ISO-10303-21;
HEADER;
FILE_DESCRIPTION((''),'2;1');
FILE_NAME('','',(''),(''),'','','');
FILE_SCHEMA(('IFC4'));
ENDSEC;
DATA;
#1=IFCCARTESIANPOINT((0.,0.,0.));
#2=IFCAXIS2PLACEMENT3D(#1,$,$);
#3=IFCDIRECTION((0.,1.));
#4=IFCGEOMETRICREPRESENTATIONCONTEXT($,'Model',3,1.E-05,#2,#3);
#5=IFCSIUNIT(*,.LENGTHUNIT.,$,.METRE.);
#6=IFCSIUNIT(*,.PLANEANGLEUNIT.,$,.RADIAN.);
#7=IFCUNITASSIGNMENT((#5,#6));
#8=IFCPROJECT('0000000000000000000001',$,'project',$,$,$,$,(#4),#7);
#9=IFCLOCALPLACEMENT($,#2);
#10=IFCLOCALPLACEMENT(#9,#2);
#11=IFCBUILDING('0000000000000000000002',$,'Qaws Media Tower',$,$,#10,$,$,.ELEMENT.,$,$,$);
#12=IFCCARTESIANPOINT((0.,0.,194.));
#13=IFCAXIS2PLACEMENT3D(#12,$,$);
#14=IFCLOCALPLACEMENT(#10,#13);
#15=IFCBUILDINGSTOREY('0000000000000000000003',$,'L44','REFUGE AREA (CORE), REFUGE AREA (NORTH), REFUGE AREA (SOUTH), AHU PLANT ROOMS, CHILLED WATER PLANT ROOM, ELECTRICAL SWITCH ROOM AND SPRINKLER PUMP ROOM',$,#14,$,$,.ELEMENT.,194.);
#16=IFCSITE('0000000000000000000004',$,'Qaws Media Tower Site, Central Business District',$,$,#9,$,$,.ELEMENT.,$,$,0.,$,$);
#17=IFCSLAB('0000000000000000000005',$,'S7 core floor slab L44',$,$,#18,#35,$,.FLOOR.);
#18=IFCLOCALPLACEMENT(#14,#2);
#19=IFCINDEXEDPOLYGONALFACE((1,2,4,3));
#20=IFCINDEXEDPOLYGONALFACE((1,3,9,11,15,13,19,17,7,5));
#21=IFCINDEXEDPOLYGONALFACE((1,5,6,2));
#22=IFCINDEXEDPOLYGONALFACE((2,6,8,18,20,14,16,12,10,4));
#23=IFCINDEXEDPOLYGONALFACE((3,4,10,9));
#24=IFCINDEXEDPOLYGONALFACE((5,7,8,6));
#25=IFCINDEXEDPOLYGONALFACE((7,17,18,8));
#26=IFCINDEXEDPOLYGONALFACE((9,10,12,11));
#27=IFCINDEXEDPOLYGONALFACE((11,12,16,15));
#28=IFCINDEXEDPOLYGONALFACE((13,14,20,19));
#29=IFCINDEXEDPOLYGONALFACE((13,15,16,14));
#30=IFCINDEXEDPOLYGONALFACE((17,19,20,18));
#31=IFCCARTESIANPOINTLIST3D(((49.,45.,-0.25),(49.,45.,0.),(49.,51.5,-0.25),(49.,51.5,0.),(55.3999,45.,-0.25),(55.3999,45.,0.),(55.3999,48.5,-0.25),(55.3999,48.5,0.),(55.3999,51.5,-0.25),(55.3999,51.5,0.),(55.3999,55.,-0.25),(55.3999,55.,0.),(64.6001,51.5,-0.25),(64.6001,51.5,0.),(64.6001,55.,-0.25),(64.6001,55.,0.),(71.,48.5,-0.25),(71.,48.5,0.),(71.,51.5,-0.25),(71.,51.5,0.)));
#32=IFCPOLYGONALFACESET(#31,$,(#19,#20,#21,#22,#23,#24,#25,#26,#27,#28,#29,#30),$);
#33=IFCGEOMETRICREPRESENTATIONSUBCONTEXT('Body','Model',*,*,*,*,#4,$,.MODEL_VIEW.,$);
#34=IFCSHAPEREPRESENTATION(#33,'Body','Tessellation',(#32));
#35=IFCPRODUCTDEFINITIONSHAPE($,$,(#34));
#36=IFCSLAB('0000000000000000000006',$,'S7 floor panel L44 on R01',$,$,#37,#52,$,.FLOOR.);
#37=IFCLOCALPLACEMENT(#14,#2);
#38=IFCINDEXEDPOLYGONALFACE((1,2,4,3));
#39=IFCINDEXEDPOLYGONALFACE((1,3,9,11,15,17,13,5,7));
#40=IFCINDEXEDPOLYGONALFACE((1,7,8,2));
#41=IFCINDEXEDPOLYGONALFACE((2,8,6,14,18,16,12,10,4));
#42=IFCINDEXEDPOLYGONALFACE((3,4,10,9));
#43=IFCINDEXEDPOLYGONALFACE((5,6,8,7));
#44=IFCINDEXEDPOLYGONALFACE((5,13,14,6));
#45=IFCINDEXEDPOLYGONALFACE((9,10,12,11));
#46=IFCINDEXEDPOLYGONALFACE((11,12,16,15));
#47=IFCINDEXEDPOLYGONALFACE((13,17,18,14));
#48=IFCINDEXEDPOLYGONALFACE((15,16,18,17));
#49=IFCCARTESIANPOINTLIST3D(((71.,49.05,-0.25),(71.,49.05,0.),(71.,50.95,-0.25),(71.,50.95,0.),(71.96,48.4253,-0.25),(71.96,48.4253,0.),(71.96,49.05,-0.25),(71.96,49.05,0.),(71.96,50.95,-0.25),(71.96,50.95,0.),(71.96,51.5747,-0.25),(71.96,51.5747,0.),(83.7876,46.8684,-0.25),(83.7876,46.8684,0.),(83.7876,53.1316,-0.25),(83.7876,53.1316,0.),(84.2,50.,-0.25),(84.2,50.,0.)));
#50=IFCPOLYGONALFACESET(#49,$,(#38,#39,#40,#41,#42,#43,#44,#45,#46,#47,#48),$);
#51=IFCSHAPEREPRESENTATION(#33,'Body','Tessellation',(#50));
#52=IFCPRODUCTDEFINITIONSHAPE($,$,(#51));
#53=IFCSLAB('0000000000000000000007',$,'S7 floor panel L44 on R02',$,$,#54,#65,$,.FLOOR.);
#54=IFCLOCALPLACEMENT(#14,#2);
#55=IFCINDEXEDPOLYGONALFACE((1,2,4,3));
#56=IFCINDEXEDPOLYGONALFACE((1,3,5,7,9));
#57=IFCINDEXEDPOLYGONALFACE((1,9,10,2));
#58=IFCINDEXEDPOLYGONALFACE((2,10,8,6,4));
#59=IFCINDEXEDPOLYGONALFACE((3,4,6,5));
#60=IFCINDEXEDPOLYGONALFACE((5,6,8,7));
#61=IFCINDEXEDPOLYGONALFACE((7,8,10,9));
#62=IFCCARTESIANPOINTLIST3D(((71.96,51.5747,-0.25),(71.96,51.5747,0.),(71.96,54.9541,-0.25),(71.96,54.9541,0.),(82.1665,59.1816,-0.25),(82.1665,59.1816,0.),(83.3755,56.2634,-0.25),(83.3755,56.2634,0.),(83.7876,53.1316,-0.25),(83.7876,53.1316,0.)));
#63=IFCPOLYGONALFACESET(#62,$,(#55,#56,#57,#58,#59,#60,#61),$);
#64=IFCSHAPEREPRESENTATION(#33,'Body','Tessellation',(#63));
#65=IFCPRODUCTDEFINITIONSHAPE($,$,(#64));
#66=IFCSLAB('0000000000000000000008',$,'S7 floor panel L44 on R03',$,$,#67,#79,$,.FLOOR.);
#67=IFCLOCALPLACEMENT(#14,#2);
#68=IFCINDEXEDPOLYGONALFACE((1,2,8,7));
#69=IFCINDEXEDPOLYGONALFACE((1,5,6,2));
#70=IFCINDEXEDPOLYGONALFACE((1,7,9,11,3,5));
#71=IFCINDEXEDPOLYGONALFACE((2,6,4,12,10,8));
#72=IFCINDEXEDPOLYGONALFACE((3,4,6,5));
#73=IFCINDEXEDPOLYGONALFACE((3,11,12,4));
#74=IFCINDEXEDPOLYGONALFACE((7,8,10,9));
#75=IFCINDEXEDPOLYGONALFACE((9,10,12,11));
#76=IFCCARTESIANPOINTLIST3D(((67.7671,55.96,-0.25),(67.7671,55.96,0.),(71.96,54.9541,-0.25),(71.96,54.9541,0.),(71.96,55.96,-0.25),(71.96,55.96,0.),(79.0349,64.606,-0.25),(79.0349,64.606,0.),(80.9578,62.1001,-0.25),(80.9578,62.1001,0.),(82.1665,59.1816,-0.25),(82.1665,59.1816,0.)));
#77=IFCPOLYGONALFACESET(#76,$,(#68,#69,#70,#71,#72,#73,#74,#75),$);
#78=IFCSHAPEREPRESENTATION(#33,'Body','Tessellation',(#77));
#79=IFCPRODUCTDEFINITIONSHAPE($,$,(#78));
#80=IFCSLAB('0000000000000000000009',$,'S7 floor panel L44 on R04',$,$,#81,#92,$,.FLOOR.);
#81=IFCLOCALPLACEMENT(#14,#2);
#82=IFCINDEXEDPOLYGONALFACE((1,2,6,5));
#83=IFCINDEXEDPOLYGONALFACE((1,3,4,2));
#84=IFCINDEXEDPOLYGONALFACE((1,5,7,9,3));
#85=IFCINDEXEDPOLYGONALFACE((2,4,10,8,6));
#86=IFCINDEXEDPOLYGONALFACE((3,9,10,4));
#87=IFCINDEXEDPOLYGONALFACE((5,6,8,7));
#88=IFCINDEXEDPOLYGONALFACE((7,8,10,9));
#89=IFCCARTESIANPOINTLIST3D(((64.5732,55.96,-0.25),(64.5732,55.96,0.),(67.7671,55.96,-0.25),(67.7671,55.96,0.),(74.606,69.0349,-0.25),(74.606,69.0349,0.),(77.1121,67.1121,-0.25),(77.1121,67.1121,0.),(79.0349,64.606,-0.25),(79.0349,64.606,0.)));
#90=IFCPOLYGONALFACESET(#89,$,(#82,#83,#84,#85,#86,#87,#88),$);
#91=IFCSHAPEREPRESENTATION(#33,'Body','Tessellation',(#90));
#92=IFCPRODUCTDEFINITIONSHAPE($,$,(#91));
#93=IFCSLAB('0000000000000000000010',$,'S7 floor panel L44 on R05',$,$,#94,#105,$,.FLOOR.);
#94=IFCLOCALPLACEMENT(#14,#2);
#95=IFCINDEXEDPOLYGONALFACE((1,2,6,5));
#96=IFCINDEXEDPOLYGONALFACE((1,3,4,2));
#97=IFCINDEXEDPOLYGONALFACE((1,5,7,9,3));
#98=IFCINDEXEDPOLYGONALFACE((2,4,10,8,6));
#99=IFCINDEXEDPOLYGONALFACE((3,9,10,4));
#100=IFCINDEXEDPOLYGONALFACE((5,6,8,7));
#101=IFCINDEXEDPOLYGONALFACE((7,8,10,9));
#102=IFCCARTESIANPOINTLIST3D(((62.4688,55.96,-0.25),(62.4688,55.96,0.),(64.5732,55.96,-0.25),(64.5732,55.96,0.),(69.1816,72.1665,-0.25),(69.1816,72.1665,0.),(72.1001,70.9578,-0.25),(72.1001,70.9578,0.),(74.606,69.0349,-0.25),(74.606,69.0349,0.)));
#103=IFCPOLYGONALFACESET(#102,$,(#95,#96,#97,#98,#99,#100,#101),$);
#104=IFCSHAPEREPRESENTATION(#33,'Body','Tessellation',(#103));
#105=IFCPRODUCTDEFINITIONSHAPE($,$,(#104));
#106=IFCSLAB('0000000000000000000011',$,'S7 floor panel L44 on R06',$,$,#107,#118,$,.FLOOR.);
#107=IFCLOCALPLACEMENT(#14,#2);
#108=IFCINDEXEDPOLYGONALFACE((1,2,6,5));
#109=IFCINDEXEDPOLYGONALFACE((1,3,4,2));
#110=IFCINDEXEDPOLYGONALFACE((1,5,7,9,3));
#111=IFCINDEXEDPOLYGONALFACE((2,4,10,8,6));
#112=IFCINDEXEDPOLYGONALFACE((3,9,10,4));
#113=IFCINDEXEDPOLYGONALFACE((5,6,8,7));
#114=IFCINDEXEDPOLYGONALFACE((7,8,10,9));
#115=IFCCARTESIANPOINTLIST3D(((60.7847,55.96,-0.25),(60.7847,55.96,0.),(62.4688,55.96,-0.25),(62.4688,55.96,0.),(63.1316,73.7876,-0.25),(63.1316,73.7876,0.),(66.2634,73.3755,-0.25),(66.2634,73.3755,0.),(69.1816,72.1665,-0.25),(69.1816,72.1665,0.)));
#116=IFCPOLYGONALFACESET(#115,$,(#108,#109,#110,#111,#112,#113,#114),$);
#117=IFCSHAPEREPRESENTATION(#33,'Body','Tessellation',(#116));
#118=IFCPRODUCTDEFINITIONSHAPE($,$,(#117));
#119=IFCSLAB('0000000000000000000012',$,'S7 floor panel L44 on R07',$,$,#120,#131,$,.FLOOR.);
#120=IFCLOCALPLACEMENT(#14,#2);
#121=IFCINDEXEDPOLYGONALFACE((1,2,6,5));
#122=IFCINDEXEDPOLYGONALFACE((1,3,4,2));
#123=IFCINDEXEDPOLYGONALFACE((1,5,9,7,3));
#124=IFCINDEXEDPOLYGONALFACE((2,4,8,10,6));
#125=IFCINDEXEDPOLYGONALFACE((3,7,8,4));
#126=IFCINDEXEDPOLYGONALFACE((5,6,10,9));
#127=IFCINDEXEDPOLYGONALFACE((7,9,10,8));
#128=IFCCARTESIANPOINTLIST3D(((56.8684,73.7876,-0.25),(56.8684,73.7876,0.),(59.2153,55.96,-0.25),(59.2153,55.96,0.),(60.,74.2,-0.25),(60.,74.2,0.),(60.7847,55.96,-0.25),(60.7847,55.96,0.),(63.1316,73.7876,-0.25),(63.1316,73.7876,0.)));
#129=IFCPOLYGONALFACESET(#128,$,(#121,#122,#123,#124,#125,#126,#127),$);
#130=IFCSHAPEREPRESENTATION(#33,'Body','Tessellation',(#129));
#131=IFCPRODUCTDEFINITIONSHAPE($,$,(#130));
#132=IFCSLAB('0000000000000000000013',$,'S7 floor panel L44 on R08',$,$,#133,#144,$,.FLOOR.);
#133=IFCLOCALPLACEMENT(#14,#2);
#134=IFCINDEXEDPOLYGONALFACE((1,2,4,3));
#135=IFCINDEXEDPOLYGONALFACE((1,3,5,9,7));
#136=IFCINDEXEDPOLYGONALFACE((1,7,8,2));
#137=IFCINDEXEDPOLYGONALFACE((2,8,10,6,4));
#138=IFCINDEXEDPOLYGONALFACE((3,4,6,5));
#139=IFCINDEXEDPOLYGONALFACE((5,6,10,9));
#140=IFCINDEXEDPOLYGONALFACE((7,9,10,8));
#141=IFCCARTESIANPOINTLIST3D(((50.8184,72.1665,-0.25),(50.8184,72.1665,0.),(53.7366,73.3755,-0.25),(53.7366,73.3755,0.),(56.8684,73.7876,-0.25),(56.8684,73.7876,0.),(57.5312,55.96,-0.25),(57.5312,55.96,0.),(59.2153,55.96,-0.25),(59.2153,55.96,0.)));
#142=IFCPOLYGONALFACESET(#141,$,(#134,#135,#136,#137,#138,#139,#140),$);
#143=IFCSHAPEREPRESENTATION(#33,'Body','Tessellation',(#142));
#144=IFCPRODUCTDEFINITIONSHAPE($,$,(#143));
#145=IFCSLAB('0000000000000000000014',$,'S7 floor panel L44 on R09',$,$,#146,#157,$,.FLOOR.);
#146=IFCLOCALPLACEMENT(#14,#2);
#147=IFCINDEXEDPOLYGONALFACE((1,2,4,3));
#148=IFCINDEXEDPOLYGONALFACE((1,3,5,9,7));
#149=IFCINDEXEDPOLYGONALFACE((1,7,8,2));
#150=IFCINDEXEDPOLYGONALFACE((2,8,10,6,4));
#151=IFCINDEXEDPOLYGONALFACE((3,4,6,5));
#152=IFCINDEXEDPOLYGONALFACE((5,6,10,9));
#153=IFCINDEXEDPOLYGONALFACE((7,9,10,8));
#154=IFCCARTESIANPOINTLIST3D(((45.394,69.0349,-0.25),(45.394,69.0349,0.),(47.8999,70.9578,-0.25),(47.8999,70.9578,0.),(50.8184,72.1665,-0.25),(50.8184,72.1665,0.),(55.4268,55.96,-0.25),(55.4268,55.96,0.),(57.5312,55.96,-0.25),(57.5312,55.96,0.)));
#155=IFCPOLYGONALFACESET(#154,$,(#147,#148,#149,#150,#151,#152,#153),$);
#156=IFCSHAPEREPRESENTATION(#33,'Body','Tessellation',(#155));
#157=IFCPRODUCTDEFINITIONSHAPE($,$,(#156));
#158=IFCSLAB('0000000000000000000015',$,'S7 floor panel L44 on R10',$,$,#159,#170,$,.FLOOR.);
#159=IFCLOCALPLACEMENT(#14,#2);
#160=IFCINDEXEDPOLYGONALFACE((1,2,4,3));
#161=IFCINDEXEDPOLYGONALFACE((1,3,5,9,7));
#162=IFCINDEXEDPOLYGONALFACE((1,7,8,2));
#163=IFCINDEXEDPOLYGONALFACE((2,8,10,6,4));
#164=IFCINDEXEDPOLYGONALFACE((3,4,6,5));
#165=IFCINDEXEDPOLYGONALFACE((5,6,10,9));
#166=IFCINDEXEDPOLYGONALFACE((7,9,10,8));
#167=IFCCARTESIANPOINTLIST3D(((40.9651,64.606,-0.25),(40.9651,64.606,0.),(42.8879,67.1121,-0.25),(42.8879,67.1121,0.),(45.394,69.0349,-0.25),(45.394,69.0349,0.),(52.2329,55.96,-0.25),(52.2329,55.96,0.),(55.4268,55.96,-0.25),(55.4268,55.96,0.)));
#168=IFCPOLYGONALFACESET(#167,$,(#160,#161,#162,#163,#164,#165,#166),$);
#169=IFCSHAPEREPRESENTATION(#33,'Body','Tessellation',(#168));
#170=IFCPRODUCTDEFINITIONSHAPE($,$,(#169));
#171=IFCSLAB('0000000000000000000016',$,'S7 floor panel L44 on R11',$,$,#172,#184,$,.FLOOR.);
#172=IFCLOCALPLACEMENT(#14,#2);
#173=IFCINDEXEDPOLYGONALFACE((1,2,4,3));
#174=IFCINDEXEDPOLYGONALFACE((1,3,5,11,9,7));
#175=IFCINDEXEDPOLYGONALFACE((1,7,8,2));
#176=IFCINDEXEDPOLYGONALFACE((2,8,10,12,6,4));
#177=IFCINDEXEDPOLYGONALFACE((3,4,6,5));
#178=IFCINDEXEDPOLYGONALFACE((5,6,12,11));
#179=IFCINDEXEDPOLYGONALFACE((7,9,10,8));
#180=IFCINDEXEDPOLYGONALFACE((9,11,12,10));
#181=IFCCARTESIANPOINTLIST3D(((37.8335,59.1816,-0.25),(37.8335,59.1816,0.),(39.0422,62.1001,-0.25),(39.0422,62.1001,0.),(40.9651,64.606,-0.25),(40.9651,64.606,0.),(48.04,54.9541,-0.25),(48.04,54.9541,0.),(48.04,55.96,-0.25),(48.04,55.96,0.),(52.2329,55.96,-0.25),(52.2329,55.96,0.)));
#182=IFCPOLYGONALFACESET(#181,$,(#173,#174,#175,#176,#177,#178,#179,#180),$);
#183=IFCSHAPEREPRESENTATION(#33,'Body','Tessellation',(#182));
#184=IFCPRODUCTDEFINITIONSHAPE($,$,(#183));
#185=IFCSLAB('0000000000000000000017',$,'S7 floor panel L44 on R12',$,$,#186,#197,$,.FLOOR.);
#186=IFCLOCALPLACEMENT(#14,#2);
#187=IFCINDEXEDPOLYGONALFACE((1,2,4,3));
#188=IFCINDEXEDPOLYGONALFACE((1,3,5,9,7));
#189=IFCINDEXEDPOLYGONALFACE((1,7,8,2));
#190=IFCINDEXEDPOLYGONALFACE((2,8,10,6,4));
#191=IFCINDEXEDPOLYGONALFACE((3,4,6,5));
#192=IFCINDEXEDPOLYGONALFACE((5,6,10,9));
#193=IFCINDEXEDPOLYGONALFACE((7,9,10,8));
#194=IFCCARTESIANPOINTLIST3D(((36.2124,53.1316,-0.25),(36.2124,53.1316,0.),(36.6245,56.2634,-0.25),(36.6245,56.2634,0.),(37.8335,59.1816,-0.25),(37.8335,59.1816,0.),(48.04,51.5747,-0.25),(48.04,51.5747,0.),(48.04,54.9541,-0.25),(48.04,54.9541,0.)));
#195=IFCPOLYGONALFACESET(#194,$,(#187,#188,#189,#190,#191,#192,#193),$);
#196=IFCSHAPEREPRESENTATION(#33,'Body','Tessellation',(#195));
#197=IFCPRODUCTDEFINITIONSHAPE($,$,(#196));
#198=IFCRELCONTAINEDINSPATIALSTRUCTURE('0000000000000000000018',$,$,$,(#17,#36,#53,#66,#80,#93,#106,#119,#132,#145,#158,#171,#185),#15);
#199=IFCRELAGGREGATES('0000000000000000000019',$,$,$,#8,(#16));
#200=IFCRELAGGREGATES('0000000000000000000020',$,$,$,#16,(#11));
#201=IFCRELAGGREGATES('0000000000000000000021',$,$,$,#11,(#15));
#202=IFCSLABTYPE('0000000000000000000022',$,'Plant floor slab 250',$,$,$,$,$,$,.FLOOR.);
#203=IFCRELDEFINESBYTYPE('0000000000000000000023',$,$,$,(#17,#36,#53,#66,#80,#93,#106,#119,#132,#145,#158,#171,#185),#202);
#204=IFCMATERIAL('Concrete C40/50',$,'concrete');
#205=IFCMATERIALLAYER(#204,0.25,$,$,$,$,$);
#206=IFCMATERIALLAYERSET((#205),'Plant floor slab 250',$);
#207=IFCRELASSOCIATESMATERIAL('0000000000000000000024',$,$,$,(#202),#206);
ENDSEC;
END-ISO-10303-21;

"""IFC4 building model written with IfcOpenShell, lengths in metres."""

from ifc_helpers import new_model, si_unit, direction, frame, origin, place, context, subcontext, project, spatial, polyline, outline, extrude, material, layer, layer_set, type_object, element, save


model = new_model("IFC4")

# Units and contexts
model_context = context("Model", 3, precision=1e-05, world=origin(), true_north=direction((0.0, 1.0)))
body_context = subcontext(model_context, "Body", "Model", "MODEL_VIEW")
ifc_project = project(units=[si_unit("LENGTHUNIT", "METRE"), si_unit("PLANEANGLEUNIT", "RADIAN")], contexts=[model_context])

# Site, building, storey
site_placement = place(None, origin())
site = spatial("IfcSite", under=ifc_project, at=site_placement, Name="Qaws Media Tower Site, Central Business District", CompositionType="ELEMENT", RefElevation=0.0)
building_placement = place(site_placement, origin())
building = spatial("IfcBuilding", under=site, at=building_placement, Name="Qaws Media Tower", CompositionType="ELEMENT")
storey_placement = place(building_placement, frame((0.0, 0.0, 194.0)))
storey = spatial("IfcBuildingStorey", under=building, at=storey_placement, Name="L44", Description="REFUGE AREA (CORE), REFUGE AREA (NORTH), REFUGE AREA (SOUTH), AHU PLANT ROOMS, CHILLED WATER PLANT ROOM, ELECTRICAL SWITCH ROOM AND SPRINKLER PUMP ROOM", CompositionType="ELEMENT", Elevation=194.0)

# Slabs
ifc_material = material(Name="Concrete C40/50", Category="concrete")
ifc_layer = layer(ifc_material, 0.25)
ifc_layer_set = layer_set([ifc_layer], Name="Plant floor slab 250")
slab_type = type_object("IfcSlabType", Name="Plant floor slab 250", PredefinedType="FLOOR", material=ifc_layer_set)
slab_1_placement = place(storey_placement, frame((0.0, 0.0, -0.25)))
element("IfcSlab", 1, at=slab_1_placement, inside=storey, type_object=slab_type, Name="S7 core floor slab L44", PredefinedType="FLOOR", context=body_context, shape_type="SweptSolid", body=[
    extrude(outline(polyline([(71.0, 51.5), (71.0, 48.5), (55.3999, 48.5), (55.3999, 45.0), (49.0, 45.0), (49.0, 51.5), (55.3999, 51.5), (55.3999, 55.0), (64.6001, 55.0), (64.6001, 51.5), (71.0, 51.5)])), origin(), (0.0, 0.0, 1.0), 0.25),
])
slab_2_placement = place(storey_placement, frame((0.0, 0.0, -0.25)))
element("IfcSlab", 2, at=slab_2_placement, inside=storey, type_object=slab_type, Name="S7 floor panel L44 on R01", PredefinedType="FLOOR", context=body_context, shape_type="SweptSolid", body=[
    extrude(outline(polyline([(84.2, 50.0), (83.7876, 46.8684), (71.96, 48.4253), (71.96, 49.05), (71.0, 49.05), (71.0, 50.95), (71.96, 50.95), (71.96, 51.5747), (83.7876, 53.1316), (84.2, 50.0)])), origin(), (0.0, 0.0, 1.0), 0.25),
])
slab_3_placement = place(storey_placement, frame((0.0, 0.0, -0.25)))
element("IfcSlab", 3, at=slab_3_placement, inside=storey, type_object=slab_type, Name="S7 floor panel L44 on R02", PredefinedType="FLOOR", context=body_context, shape_type="SweptSolid", body=[
    extrude(outline(polyline([(83.3755, 56.2634), (83.7876, 53.1316), (71.96, 51.5747), (71.96, 54.9541), (82.1665, 59.1816), (83.3755, 56.2634)])), origin(), (0.0, 0.0, 1.0), 0.25),
])
slab_4_placement = place(storey_placement, frame((0.0, 0.0, -0.25)))
element("IfcSlab", 4, at=slab_4_placement, inside=storey, type_object=slab_type, Name="S7 floor panel L44 on R03", PredefinedType="FLOOR", context=body_context, shape_type="SweptSolid", body=[
    extrude(outline(polyline([(80.9578, 62.1001), (82.1665, 59.1816), (71.96, 54.9541), (71.96, 55.96), (67.7671, 55.96), (79.0349, 64.606), (80.9578, 62.1001)])), origin(), (0.0, 0.0, 1.0), 0.25),
])
slab_5_placement = place(storey_placement, frame((0.0, 0.0, -0.25)))
element("IfcSlab", 5, at=slab_5_placement, inside=storey, type_object=slab_type, Name="S7 floor panel L44 on R04", PredefinedType="FLOOR", context=body_context, shape_type="SweptSolid", body=[
    extrude(outline(polyline([(77.1121, 67.1121), (79.0349, 64.606), (67.7671, 55.96), (64.5732, 55.96), (74.606, 69.0349), (77.1121, 67.1121)])), origin(), (0.0, 0.0, 1.0), 0.25),
])
slab_6_placement = place(storey_placement, frame((0.0, 0.0, -0.25)))
element("IfcSlab", 6, at=slab_6_placement, inside=storey, type_object=slab_type, Name="S7 floor panel L44 on R05", PredefinedType="FLOOR", context=body_context, shape_type="SweptSolid", body=[
    extrude(outline(polyline([(72.1001, 70.9578), (74.606, 69.0349), (64.5732, 55.96), (62.4688, 55.96), (69.1816, 72.1665), (72.1001, 70.9578)])), origin(), (0.0, 0.0, 1.0), 0.25),
])
slab_7_placement = place(storey_placement, frame((0.0, 0.0, -0.25)))
element("IfcSlab", 7, at=slab_7_placement, inside=storey, type_object=slab_type, Name="S7 floor panel L44 on R06", PredefinedType="FLOOR", context=body_context, shape_type="SweptSolid", body=[
    extrude(outline(polyline([(66.2634, 73.3755), (69.1816, 72.1665), (62.4688, 55.96), (60.7847, 55.96), (63.1316, 73.7876), (66.2634, 73.3755)])), origin(), (0.0, 0.0, 1.0), 0.25),
])
slab_8_placement = place(storey_placement, frame((0.0, 0.0, -0.25)))
element("IfcSlab", 8, at=slab_8_placement, inside=storey, type_object=slab_type, Name="S7 floor panel L44 on R07", PredefinedType="FLOOR", context=body_context, shape_type="SweptSolid", body=[
    extrude(outline(polyline([(60.0, 74.2), (63.1316, 73.7876), (60.7847, 55.96), (59.2153, 55.96), (56.8684, 73.7876), (60.0, 74.2)])), origin(), (0.0, 0.0, 1.0), 0.25),
])
slab_9_placement = place(storey_placement, frame((0.0, 0.0, -0.25)))
element("IfcSlab", 9, at=slab_9_placement, inside=storey, type_object=slab_type, Name="S7 floor panel L44 on R08", PredefinedType="FLOOR", context=body_context, shape_type="SweptSolid", body=[
    extrude(outline(polyline([(53.7366, 73.3755), (56.8684, 73.7876), (59.2153, 55.96), (57.5312, 55.96), (50.8184, 72.1665), (53.7366, 73.3755)])), origin(), (0.0, 0.0, 1.0), 0.25),
])
slab_10_placement = place(storey_placement, frame((0.0, 0.0, -0.25)))
element("IfcSlab", 10, at=slab_10_placement, inside=storey, type_object=slab_type, Name="S7 floor panel L44 on R09", PredefinedType="FLOOR", context=body_context, shape_type="SweptSolid", body=[
    extrude(outline(polyline([(47.8999, 70.9578), (50.8184, 72.1665), (57.5312, 55.96), (55.4268, 55.96), (45.394, 69.0349), (47.8999, 70.9578)])), origin(), (0.0, 0.0, 1.0), 0.25),
])
slab_11_placement = place(storey_placement, frame((0.0, 0.0, -0.25)))
element("IfcSlab", 11, at=slab_11_placement, inside=storey, type_object=slab_type, Name="S7 floor panel L44 on R10", PredefinedType="FLOOR", context=body_context, shape_type="SweptSolid", body=[
    extrude(outline(polyline([(42.8879, 67.1121), (45.394, 69.0349), (55.4268, 55.96), (52.2329, 55.96), (40.9651, 64.606), (42.8879, 67.1121)])), origin(), (0.0, 0.0, 1.0), 0.25),
])
slab_12_placement = place(storey_placement, frame((0.0, 0.0, -0.25)))
element("IfcSlab", 12, at=slab_12_placement, inside=storey, type_object=slab_type, Name="S7 floor panel L44 on R11", PredefinedType="FLOOR", context=body_context, shape_type="SweptSolid", body=[
    extrude(outline(polyline([(39.0422, 62.1001), (40.9651, 64.606), (52.2329, 55.96), (48.04, 55.96), (48.04, 54.9541), (37.8335, 59.1816), (39.0422, 62.1001)])), origin(), (0.0, 0.0, 1.0), 0.25),
])
slab_13_placement = place(storey_placement, frame((0.0, 0.0, -0.25)))
element("IfcSlab", 13, at=slab_13_placement, inside=storey, type_object=slab_type, Name="S7 floor panel L44 on R12", PredefinedType="FLOOR", context=body_context, shape_type="SweptSolid", body=[
    extrude(outline(polyline([(36.6245, 56.2634), (37.8335, 59.1816), (48.04, 54.9541), (48.04, 51.5747), (36.2124, 53.1316), (36.6245, 56.2634)])), origin(), (0.0, 0.0, 1.0), 0.25),
])

save(model, "model.ifc")
